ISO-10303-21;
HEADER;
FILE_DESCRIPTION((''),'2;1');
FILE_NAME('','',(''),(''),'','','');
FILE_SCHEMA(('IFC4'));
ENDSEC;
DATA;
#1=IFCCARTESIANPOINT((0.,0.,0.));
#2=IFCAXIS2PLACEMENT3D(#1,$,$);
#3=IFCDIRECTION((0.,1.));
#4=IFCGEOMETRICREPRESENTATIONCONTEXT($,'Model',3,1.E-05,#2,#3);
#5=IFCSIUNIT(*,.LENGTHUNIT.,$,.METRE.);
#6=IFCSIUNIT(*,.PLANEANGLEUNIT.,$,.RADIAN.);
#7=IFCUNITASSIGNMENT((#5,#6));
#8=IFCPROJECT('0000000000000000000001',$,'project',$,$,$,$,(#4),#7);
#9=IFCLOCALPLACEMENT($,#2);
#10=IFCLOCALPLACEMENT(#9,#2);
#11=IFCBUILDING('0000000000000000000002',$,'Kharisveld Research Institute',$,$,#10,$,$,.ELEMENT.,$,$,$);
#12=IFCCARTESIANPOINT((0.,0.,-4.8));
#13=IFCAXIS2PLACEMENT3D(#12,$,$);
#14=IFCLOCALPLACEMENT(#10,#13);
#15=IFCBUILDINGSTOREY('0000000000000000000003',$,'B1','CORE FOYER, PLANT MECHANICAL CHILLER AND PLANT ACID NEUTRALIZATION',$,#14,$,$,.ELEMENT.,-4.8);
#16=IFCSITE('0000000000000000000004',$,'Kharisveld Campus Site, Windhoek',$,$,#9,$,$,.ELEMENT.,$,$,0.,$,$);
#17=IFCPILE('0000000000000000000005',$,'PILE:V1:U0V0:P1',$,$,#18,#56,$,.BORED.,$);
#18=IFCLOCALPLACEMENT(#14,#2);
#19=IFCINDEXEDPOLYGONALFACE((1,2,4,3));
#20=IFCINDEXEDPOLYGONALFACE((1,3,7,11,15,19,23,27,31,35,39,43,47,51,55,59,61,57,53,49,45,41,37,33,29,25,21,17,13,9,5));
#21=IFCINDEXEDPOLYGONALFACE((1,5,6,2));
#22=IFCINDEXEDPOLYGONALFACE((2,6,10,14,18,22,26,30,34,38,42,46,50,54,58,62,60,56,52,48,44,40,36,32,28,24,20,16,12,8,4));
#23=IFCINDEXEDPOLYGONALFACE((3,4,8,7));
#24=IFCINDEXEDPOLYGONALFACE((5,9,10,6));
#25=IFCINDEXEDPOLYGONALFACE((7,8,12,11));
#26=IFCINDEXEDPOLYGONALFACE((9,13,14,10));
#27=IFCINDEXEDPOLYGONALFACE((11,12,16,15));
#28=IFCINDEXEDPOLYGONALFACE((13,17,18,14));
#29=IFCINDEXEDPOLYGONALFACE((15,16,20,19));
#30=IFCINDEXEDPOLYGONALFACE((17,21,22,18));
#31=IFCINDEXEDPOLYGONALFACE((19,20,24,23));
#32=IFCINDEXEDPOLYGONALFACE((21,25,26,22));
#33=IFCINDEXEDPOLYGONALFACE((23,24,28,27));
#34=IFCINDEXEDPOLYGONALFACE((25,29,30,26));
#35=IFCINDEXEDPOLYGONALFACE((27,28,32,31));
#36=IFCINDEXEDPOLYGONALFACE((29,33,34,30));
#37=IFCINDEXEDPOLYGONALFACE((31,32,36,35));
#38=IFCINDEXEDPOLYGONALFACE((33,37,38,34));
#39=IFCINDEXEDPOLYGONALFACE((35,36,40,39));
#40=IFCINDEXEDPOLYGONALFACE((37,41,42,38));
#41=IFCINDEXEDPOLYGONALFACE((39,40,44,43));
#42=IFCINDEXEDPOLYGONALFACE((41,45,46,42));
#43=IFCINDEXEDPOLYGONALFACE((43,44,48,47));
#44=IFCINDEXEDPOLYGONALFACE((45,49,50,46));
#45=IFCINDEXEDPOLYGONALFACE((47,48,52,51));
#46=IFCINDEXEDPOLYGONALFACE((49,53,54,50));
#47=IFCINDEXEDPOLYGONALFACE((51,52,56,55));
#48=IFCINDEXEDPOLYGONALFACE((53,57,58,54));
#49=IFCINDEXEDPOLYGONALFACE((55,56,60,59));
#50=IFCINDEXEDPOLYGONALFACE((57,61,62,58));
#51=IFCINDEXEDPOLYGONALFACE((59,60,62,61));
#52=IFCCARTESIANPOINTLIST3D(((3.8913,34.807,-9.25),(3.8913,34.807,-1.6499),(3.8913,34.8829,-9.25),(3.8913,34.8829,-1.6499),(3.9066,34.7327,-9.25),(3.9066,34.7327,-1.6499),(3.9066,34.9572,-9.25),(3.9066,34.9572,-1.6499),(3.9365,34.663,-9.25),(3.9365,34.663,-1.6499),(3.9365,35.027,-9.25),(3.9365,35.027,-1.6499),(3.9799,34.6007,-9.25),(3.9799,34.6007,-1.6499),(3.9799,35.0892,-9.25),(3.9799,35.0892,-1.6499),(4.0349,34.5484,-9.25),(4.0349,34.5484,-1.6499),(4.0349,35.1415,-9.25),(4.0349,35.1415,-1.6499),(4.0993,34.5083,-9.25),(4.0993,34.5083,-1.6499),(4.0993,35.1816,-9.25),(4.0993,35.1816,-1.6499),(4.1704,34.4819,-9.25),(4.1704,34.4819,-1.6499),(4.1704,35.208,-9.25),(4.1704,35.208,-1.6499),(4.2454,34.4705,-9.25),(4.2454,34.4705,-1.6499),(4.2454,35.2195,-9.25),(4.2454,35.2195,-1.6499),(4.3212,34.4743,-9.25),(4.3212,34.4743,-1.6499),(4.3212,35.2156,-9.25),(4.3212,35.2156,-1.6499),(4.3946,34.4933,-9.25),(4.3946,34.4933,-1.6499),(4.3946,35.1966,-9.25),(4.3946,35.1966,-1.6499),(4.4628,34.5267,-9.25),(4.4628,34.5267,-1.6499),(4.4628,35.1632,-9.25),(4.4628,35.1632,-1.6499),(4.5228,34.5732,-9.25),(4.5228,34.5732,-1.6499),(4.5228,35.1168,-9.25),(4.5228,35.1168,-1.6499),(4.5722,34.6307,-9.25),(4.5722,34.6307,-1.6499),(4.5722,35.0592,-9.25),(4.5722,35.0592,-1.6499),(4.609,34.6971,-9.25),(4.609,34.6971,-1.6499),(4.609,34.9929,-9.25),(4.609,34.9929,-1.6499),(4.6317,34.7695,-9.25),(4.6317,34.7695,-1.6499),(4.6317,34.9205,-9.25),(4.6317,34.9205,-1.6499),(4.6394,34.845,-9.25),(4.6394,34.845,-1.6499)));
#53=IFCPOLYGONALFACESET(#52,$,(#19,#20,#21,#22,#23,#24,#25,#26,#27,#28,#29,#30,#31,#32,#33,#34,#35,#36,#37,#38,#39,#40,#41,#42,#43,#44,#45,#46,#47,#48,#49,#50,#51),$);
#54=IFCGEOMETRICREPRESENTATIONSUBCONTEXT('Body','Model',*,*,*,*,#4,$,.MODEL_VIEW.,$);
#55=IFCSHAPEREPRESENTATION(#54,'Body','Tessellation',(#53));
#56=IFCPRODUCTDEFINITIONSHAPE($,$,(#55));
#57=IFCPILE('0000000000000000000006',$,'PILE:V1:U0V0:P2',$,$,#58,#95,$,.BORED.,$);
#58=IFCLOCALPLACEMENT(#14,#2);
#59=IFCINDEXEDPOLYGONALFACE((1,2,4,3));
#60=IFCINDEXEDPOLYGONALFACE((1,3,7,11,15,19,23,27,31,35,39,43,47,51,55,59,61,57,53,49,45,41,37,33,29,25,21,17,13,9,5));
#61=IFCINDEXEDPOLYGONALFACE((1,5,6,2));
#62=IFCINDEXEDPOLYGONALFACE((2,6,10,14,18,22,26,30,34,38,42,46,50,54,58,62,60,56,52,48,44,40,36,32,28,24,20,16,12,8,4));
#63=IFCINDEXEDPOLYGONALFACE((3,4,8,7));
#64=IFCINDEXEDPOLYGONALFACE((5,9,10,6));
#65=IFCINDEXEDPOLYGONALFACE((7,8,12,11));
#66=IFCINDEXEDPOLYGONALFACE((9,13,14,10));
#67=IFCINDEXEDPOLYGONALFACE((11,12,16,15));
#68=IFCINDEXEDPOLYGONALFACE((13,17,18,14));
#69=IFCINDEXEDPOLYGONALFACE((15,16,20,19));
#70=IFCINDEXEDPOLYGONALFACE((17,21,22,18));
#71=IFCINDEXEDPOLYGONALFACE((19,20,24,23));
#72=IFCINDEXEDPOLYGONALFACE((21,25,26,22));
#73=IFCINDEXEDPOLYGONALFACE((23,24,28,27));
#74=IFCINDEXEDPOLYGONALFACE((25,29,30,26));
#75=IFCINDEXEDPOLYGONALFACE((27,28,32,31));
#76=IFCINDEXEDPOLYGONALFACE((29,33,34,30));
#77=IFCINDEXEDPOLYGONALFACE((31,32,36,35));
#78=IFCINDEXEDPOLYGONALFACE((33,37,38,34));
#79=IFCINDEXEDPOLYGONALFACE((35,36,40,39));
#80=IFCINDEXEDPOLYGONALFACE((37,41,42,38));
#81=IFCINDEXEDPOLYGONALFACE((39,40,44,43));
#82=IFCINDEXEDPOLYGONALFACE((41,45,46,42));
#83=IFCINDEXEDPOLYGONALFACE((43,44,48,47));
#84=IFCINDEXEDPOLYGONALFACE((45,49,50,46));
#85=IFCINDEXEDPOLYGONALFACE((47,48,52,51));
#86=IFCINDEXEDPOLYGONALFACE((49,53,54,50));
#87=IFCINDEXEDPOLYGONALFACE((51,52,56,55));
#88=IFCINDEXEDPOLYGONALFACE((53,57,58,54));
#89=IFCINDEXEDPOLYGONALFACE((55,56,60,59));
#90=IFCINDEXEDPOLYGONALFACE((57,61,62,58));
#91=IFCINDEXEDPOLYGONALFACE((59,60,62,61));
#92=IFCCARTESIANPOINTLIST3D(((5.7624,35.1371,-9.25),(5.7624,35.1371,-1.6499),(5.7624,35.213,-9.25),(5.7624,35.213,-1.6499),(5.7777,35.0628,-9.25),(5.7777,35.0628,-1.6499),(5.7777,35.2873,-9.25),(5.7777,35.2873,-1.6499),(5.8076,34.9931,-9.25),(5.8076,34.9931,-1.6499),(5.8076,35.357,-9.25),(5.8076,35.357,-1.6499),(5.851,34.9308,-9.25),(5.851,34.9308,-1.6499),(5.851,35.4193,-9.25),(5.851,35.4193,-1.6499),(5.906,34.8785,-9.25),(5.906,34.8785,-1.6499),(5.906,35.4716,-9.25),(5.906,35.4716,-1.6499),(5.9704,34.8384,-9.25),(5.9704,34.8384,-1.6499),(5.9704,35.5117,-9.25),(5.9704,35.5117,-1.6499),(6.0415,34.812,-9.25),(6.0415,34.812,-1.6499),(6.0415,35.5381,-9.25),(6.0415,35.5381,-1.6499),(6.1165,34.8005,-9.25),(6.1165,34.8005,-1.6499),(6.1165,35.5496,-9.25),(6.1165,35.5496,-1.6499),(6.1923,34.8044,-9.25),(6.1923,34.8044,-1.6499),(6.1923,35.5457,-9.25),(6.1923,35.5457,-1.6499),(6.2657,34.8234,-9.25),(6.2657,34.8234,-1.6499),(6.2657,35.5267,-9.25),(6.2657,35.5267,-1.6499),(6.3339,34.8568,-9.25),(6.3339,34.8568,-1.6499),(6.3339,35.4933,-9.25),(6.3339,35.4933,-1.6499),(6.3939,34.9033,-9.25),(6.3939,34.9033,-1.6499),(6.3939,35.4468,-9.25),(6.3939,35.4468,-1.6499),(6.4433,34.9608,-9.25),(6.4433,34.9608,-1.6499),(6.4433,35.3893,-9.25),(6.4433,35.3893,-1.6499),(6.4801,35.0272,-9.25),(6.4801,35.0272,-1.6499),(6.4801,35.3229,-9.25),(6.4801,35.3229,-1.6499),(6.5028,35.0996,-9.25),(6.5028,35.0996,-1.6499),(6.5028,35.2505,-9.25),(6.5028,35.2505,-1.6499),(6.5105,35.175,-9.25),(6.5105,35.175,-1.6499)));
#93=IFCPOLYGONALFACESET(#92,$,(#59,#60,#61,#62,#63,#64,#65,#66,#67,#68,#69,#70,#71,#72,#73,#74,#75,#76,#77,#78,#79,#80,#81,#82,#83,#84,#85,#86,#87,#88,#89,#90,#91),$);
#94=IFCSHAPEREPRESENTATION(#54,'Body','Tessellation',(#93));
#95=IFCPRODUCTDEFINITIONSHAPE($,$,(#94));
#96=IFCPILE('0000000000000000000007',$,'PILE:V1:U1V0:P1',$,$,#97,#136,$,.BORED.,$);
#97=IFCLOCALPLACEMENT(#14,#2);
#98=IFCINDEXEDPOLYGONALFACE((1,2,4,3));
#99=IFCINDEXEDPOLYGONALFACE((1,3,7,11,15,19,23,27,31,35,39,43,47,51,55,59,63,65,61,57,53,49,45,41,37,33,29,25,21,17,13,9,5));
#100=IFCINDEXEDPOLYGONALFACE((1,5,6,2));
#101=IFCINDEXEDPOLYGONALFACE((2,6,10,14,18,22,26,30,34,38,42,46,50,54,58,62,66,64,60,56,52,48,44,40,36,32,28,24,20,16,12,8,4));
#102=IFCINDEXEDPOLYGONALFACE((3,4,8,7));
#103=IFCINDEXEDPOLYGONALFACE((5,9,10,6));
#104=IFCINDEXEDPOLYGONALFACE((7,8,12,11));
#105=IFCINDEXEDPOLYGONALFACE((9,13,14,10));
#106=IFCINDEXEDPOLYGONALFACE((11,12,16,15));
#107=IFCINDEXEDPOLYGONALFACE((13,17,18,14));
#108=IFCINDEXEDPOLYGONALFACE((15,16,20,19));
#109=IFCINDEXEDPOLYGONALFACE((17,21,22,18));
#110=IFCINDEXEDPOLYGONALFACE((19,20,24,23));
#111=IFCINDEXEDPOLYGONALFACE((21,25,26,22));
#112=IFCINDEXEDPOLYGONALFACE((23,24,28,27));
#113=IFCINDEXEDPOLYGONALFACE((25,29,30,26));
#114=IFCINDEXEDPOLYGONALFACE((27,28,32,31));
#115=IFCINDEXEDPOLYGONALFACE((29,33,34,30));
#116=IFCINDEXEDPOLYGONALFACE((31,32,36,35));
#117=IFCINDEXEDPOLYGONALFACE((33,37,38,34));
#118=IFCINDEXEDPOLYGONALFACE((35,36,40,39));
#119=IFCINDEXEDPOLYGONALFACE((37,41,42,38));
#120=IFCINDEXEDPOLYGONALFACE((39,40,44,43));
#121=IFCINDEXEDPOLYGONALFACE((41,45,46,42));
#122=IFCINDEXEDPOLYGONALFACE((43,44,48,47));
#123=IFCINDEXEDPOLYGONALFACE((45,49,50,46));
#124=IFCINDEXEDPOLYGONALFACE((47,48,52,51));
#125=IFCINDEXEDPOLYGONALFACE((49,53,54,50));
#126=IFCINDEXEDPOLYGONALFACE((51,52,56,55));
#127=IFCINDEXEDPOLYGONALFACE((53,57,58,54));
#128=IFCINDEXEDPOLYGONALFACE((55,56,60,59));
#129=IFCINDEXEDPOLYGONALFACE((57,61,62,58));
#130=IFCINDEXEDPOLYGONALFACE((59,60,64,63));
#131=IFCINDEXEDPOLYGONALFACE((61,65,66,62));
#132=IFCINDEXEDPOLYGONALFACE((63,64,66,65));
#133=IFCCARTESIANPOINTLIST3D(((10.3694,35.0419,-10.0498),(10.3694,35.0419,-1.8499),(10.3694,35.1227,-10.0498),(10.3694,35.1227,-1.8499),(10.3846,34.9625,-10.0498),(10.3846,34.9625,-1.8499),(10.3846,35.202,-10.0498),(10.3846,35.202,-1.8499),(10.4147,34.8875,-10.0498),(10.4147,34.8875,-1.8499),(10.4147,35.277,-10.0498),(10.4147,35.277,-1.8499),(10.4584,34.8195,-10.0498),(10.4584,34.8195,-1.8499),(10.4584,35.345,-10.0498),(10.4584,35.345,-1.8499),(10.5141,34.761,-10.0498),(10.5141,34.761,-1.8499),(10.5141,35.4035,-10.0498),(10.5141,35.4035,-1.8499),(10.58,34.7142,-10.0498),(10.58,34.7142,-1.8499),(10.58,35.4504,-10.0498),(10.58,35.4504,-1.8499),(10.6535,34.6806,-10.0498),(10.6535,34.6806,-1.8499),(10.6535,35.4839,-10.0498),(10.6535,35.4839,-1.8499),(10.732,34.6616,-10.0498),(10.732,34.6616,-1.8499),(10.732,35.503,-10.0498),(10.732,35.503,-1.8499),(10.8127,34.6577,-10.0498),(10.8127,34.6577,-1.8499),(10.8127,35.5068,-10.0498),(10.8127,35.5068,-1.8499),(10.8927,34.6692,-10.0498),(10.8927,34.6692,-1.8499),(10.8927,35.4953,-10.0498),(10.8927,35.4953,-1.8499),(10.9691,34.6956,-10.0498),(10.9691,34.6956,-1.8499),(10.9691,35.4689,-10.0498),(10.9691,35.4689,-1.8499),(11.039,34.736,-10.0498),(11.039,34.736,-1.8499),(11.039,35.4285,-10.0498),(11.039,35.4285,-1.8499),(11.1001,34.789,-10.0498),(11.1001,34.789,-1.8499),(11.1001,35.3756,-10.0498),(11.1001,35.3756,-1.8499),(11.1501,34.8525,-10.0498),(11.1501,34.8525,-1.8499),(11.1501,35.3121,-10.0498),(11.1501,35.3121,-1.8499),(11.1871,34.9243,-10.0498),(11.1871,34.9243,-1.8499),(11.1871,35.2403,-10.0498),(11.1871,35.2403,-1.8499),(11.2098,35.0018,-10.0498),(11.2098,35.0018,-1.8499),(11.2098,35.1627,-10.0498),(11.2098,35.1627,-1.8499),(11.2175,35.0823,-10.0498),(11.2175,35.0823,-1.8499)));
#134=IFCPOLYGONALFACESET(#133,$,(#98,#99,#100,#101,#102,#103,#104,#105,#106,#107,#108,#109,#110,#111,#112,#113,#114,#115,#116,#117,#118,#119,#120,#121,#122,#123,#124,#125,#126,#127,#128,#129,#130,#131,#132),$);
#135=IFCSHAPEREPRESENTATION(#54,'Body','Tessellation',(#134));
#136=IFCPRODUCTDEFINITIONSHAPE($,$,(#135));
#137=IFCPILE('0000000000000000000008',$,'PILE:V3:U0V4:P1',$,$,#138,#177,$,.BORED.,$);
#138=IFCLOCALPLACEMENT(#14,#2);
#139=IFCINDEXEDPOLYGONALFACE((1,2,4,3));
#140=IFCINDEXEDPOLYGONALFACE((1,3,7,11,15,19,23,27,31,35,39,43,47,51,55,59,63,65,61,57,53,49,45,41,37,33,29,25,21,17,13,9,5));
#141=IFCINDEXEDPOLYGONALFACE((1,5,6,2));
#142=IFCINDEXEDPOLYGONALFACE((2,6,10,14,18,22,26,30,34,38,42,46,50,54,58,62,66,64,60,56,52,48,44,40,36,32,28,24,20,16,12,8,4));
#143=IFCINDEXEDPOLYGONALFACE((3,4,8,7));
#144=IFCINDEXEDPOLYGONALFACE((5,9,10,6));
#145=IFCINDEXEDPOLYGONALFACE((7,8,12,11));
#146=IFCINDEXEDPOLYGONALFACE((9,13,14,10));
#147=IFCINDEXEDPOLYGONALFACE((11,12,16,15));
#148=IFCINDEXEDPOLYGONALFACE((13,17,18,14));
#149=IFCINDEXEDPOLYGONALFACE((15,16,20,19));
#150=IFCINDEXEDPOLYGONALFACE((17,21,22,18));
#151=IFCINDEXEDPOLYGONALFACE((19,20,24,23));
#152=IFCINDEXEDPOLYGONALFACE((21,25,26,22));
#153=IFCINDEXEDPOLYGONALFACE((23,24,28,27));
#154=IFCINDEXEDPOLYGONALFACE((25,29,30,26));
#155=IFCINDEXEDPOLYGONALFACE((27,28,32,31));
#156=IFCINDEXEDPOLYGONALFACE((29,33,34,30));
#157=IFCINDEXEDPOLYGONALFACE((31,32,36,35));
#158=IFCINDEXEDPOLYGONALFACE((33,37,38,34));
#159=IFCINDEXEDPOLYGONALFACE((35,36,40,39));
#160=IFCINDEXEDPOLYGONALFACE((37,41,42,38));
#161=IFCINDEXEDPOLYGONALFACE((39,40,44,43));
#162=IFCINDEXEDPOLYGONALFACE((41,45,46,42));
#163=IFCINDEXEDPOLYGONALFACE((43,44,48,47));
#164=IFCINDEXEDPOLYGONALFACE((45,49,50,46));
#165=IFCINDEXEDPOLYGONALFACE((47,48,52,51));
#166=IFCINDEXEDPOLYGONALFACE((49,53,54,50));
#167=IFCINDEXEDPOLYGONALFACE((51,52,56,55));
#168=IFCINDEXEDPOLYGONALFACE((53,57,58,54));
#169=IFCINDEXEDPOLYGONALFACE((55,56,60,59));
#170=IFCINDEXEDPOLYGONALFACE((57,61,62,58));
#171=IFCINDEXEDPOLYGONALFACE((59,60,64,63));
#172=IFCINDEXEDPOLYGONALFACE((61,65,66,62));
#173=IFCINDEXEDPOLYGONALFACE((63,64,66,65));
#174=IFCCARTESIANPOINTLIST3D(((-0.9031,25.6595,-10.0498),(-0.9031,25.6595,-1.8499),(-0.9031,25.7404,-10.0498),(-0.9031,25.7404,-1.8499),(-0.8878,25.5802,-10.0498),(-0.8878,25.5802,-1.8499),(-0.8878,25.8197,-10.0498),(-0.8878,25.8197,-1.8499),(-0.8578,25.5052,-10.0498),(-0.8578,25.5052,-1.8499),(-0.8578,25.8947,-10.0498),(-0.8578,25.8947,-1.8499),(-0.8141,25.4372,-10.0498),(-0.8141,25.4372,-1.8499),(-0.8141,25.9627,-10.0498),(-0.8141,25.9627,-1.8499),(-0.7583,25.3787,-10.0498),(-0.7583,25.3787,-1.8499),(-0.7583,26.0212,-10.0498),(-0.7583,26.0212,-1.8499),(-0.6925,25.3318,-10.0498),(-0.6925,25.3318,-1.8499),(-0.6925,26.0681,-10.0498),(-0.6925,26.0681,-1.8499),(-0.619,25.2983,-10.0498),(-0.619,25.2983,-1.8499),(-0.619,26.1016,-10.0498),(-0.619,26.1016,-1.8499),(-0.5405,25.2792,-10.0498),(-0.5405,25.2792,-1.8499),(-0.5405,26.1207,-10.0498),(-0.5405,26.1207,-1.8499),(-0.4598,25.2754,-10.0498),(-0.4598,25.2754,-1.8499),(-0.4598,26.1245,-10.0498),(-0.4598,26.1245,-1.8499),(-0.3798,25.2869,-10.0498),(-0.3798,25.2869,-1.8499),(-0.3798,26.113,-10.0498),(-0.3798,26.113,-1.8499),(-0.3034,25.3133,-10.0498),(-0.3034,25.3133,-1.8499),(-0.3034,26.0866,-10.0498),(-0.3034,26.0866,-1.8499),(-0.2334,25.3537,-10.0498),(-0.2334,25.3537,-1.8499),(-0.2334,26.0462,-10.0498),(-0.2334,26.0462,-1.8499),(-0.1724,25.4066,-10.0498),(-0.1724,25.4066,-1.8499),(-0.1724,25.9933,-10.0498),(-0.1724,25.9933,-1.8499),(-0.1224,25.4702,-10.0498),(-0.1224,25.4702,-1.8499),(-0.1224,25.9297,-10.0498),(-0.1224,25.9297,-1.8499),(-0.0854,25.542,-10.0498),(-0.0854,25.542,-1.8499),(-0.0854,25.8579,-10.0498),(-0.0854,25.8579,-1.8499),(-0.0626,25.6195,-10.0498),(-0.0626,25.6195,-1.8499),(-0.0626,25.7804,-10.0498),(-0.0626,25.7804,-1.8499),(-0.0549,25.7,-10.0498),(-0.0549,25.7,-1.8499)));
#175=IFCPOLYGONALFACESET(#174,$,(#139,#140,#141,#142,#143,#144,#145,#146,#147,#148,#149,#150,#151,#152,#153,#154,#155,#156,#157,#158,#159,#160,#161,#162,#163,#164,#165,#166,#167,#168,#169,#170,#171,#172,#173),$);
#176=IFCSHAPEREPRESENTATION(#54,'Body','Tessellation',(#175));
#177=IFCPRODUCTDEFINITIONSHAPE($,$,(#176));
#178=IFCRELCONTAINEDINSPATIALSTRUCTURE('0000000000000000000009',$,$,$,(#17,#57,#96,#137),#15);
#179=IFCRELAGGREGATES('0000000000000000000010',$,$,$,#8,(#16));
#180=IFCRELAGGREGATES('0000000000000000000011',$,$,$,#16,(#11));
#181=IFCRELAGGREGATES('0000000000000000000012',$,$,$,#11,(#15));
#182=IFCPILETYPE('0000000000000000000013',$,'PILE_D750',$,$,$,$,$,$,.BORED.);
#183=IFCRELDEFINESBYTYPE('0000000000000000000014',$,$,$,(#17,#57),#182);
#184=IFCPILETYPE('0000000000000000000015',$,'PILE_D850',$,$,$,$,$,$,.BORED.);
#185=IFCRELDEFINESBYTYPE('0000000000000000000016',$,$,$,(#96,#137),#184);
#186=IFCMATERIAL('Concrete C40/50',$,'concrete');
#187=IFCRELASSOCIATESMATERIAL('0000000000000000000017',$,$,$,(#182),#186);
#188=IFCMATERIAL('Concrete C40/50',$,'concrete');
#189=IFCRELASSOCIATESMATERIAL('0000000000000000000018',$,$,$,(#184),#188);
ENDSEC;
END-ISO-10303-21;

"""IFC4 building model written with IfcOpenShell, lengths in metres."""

from ifc_helpers import new_model, si_unit, direction, frame, origin, origin_2d, place, context, subcontext, project, spatial, circle, extrude, material, material_profile, profile_set, type_object, element, save


model = new_model("IFC4")

# Units and contexts
model_context = context("Model", 3, precision=1e-05, world=origin(), true_north=direction((0.0, 1.0)))
body_context = subcontext(model_context, "Body", "Model", "MODEL_VIEW")
ifc_project = project(units=[si_unit("LENGTHUNIT", "METRE"), si_unit("PLANEANGLEUNIT", "RADIAN")], contexts=[model_context])

# Site, building, storey
site_placement = place(None, origin())
site = spatial("IfcSite", under=ifc_project, at=site_placement, Name="Kharisveld Campus Site, Windhoek", CompositionType="ELEMENT", RefElevation=0.0)
building_placement = place(site_placement, origin())
building = spatial("IfcBuilding", under=site, at=building_placement, Name="Kharisveld Research Institute", CompositionType="ELEMENT")
storey_placement = place(building_placement, frame((0.0, 0.0, -4.8)))
storey = spatial("IfcBuildingStorey", under=building, at=storey_placement, Name="B1", Description="CORE FOYER, PLANT MECHANICAL CHILLER AND PLANT ACID NEUTRALIZATION", CompositionType="ELEMENT", Elevation=-4.8)

# Piles
ifc_material_1 = material(Name="Concrete C40/50", Category="concrete")
ifc_material_profile_1 = material_profile(ifc_material_1, circle(Radius=0.375, at=origin_2d()))
ifc_profile_set_1 = profile_set([ifc_material_profile_1], Name="Concrete C40/50")
pile_type_1 = type_object("IfcPileType", Name="PILE_D750", PredefinedType="BORED", material=ifc_profile_set_1)
for number, where, z_axis, x_axis, name in (
    (1, (4.2644, 34.845, -1.6499), (0.0, 0.0, -1.0), (1.0, 0.0, 0.0), "PILE:V1:U0V0:P1"),
    (2, (6.1355, 35.175, -1.6499), (0.0, 0.0, -1.0), (1.0, 0.0, 0.0), "PILE:V1:U0V0:P2"),
):
    element("IfcPile", number, at=place(storey_placement, frame(where, z_axis=z_axis, x_axis=x_axis)), inside=storey, type_object=pile_type_1, Name=name, PredefinedType="BORED", context=body_context, shape_type="SweptSolid", body=[
        extrude(circle(Radius=0.375, at=origin_2d()), origin(), (0.0, 0.0, 1.0), 7.6001),
    ])
ifc_material_2 = material(Name="Concrete C40/50", Category="concrete")
ifc_material_profile_2 = material_profile(ifc_material_2, circle(Radius=0.425, at=origin_2d()))
ifc_profile_set_2 = profile_set([ifc_material_profile_2], Name="Concrete C40/50")
pile_type_2 = type_object("IfcPileType", Name="PILE_D850", PredefinedType="BORED", material=ifc_profile_set_2)
for number, where, z_axis, x_axis, name in (
    (3, (10.7925, 35.0823, -1.8499), (0.0, 0.0, -1.0), (1.0, 0.0, 0.0), "PILE:V1:U1V0:P1"),
    (4, (-0.48, 25.7, -1.8499), (0.0, 0.0, -1.0), (1.0, 0.0, 0.0), "PILE:V3:U0V4:P1"),
):
    element("IfcPile", number, at=place(storey_placement, frame(where, z_axis=z_axis, x_axis=x_axis)), inside=storey, type_object=pile_type_2, Name=name, PredefinedType="BORED", context=body_context, shape_type="SweptSolid", body=[
        extrude(circle(Radius=0.425, at=origin_2d()), origin(), (0.0, 0.0, 1.0), 8.2),
    ])

save(model, "model.ifc")
